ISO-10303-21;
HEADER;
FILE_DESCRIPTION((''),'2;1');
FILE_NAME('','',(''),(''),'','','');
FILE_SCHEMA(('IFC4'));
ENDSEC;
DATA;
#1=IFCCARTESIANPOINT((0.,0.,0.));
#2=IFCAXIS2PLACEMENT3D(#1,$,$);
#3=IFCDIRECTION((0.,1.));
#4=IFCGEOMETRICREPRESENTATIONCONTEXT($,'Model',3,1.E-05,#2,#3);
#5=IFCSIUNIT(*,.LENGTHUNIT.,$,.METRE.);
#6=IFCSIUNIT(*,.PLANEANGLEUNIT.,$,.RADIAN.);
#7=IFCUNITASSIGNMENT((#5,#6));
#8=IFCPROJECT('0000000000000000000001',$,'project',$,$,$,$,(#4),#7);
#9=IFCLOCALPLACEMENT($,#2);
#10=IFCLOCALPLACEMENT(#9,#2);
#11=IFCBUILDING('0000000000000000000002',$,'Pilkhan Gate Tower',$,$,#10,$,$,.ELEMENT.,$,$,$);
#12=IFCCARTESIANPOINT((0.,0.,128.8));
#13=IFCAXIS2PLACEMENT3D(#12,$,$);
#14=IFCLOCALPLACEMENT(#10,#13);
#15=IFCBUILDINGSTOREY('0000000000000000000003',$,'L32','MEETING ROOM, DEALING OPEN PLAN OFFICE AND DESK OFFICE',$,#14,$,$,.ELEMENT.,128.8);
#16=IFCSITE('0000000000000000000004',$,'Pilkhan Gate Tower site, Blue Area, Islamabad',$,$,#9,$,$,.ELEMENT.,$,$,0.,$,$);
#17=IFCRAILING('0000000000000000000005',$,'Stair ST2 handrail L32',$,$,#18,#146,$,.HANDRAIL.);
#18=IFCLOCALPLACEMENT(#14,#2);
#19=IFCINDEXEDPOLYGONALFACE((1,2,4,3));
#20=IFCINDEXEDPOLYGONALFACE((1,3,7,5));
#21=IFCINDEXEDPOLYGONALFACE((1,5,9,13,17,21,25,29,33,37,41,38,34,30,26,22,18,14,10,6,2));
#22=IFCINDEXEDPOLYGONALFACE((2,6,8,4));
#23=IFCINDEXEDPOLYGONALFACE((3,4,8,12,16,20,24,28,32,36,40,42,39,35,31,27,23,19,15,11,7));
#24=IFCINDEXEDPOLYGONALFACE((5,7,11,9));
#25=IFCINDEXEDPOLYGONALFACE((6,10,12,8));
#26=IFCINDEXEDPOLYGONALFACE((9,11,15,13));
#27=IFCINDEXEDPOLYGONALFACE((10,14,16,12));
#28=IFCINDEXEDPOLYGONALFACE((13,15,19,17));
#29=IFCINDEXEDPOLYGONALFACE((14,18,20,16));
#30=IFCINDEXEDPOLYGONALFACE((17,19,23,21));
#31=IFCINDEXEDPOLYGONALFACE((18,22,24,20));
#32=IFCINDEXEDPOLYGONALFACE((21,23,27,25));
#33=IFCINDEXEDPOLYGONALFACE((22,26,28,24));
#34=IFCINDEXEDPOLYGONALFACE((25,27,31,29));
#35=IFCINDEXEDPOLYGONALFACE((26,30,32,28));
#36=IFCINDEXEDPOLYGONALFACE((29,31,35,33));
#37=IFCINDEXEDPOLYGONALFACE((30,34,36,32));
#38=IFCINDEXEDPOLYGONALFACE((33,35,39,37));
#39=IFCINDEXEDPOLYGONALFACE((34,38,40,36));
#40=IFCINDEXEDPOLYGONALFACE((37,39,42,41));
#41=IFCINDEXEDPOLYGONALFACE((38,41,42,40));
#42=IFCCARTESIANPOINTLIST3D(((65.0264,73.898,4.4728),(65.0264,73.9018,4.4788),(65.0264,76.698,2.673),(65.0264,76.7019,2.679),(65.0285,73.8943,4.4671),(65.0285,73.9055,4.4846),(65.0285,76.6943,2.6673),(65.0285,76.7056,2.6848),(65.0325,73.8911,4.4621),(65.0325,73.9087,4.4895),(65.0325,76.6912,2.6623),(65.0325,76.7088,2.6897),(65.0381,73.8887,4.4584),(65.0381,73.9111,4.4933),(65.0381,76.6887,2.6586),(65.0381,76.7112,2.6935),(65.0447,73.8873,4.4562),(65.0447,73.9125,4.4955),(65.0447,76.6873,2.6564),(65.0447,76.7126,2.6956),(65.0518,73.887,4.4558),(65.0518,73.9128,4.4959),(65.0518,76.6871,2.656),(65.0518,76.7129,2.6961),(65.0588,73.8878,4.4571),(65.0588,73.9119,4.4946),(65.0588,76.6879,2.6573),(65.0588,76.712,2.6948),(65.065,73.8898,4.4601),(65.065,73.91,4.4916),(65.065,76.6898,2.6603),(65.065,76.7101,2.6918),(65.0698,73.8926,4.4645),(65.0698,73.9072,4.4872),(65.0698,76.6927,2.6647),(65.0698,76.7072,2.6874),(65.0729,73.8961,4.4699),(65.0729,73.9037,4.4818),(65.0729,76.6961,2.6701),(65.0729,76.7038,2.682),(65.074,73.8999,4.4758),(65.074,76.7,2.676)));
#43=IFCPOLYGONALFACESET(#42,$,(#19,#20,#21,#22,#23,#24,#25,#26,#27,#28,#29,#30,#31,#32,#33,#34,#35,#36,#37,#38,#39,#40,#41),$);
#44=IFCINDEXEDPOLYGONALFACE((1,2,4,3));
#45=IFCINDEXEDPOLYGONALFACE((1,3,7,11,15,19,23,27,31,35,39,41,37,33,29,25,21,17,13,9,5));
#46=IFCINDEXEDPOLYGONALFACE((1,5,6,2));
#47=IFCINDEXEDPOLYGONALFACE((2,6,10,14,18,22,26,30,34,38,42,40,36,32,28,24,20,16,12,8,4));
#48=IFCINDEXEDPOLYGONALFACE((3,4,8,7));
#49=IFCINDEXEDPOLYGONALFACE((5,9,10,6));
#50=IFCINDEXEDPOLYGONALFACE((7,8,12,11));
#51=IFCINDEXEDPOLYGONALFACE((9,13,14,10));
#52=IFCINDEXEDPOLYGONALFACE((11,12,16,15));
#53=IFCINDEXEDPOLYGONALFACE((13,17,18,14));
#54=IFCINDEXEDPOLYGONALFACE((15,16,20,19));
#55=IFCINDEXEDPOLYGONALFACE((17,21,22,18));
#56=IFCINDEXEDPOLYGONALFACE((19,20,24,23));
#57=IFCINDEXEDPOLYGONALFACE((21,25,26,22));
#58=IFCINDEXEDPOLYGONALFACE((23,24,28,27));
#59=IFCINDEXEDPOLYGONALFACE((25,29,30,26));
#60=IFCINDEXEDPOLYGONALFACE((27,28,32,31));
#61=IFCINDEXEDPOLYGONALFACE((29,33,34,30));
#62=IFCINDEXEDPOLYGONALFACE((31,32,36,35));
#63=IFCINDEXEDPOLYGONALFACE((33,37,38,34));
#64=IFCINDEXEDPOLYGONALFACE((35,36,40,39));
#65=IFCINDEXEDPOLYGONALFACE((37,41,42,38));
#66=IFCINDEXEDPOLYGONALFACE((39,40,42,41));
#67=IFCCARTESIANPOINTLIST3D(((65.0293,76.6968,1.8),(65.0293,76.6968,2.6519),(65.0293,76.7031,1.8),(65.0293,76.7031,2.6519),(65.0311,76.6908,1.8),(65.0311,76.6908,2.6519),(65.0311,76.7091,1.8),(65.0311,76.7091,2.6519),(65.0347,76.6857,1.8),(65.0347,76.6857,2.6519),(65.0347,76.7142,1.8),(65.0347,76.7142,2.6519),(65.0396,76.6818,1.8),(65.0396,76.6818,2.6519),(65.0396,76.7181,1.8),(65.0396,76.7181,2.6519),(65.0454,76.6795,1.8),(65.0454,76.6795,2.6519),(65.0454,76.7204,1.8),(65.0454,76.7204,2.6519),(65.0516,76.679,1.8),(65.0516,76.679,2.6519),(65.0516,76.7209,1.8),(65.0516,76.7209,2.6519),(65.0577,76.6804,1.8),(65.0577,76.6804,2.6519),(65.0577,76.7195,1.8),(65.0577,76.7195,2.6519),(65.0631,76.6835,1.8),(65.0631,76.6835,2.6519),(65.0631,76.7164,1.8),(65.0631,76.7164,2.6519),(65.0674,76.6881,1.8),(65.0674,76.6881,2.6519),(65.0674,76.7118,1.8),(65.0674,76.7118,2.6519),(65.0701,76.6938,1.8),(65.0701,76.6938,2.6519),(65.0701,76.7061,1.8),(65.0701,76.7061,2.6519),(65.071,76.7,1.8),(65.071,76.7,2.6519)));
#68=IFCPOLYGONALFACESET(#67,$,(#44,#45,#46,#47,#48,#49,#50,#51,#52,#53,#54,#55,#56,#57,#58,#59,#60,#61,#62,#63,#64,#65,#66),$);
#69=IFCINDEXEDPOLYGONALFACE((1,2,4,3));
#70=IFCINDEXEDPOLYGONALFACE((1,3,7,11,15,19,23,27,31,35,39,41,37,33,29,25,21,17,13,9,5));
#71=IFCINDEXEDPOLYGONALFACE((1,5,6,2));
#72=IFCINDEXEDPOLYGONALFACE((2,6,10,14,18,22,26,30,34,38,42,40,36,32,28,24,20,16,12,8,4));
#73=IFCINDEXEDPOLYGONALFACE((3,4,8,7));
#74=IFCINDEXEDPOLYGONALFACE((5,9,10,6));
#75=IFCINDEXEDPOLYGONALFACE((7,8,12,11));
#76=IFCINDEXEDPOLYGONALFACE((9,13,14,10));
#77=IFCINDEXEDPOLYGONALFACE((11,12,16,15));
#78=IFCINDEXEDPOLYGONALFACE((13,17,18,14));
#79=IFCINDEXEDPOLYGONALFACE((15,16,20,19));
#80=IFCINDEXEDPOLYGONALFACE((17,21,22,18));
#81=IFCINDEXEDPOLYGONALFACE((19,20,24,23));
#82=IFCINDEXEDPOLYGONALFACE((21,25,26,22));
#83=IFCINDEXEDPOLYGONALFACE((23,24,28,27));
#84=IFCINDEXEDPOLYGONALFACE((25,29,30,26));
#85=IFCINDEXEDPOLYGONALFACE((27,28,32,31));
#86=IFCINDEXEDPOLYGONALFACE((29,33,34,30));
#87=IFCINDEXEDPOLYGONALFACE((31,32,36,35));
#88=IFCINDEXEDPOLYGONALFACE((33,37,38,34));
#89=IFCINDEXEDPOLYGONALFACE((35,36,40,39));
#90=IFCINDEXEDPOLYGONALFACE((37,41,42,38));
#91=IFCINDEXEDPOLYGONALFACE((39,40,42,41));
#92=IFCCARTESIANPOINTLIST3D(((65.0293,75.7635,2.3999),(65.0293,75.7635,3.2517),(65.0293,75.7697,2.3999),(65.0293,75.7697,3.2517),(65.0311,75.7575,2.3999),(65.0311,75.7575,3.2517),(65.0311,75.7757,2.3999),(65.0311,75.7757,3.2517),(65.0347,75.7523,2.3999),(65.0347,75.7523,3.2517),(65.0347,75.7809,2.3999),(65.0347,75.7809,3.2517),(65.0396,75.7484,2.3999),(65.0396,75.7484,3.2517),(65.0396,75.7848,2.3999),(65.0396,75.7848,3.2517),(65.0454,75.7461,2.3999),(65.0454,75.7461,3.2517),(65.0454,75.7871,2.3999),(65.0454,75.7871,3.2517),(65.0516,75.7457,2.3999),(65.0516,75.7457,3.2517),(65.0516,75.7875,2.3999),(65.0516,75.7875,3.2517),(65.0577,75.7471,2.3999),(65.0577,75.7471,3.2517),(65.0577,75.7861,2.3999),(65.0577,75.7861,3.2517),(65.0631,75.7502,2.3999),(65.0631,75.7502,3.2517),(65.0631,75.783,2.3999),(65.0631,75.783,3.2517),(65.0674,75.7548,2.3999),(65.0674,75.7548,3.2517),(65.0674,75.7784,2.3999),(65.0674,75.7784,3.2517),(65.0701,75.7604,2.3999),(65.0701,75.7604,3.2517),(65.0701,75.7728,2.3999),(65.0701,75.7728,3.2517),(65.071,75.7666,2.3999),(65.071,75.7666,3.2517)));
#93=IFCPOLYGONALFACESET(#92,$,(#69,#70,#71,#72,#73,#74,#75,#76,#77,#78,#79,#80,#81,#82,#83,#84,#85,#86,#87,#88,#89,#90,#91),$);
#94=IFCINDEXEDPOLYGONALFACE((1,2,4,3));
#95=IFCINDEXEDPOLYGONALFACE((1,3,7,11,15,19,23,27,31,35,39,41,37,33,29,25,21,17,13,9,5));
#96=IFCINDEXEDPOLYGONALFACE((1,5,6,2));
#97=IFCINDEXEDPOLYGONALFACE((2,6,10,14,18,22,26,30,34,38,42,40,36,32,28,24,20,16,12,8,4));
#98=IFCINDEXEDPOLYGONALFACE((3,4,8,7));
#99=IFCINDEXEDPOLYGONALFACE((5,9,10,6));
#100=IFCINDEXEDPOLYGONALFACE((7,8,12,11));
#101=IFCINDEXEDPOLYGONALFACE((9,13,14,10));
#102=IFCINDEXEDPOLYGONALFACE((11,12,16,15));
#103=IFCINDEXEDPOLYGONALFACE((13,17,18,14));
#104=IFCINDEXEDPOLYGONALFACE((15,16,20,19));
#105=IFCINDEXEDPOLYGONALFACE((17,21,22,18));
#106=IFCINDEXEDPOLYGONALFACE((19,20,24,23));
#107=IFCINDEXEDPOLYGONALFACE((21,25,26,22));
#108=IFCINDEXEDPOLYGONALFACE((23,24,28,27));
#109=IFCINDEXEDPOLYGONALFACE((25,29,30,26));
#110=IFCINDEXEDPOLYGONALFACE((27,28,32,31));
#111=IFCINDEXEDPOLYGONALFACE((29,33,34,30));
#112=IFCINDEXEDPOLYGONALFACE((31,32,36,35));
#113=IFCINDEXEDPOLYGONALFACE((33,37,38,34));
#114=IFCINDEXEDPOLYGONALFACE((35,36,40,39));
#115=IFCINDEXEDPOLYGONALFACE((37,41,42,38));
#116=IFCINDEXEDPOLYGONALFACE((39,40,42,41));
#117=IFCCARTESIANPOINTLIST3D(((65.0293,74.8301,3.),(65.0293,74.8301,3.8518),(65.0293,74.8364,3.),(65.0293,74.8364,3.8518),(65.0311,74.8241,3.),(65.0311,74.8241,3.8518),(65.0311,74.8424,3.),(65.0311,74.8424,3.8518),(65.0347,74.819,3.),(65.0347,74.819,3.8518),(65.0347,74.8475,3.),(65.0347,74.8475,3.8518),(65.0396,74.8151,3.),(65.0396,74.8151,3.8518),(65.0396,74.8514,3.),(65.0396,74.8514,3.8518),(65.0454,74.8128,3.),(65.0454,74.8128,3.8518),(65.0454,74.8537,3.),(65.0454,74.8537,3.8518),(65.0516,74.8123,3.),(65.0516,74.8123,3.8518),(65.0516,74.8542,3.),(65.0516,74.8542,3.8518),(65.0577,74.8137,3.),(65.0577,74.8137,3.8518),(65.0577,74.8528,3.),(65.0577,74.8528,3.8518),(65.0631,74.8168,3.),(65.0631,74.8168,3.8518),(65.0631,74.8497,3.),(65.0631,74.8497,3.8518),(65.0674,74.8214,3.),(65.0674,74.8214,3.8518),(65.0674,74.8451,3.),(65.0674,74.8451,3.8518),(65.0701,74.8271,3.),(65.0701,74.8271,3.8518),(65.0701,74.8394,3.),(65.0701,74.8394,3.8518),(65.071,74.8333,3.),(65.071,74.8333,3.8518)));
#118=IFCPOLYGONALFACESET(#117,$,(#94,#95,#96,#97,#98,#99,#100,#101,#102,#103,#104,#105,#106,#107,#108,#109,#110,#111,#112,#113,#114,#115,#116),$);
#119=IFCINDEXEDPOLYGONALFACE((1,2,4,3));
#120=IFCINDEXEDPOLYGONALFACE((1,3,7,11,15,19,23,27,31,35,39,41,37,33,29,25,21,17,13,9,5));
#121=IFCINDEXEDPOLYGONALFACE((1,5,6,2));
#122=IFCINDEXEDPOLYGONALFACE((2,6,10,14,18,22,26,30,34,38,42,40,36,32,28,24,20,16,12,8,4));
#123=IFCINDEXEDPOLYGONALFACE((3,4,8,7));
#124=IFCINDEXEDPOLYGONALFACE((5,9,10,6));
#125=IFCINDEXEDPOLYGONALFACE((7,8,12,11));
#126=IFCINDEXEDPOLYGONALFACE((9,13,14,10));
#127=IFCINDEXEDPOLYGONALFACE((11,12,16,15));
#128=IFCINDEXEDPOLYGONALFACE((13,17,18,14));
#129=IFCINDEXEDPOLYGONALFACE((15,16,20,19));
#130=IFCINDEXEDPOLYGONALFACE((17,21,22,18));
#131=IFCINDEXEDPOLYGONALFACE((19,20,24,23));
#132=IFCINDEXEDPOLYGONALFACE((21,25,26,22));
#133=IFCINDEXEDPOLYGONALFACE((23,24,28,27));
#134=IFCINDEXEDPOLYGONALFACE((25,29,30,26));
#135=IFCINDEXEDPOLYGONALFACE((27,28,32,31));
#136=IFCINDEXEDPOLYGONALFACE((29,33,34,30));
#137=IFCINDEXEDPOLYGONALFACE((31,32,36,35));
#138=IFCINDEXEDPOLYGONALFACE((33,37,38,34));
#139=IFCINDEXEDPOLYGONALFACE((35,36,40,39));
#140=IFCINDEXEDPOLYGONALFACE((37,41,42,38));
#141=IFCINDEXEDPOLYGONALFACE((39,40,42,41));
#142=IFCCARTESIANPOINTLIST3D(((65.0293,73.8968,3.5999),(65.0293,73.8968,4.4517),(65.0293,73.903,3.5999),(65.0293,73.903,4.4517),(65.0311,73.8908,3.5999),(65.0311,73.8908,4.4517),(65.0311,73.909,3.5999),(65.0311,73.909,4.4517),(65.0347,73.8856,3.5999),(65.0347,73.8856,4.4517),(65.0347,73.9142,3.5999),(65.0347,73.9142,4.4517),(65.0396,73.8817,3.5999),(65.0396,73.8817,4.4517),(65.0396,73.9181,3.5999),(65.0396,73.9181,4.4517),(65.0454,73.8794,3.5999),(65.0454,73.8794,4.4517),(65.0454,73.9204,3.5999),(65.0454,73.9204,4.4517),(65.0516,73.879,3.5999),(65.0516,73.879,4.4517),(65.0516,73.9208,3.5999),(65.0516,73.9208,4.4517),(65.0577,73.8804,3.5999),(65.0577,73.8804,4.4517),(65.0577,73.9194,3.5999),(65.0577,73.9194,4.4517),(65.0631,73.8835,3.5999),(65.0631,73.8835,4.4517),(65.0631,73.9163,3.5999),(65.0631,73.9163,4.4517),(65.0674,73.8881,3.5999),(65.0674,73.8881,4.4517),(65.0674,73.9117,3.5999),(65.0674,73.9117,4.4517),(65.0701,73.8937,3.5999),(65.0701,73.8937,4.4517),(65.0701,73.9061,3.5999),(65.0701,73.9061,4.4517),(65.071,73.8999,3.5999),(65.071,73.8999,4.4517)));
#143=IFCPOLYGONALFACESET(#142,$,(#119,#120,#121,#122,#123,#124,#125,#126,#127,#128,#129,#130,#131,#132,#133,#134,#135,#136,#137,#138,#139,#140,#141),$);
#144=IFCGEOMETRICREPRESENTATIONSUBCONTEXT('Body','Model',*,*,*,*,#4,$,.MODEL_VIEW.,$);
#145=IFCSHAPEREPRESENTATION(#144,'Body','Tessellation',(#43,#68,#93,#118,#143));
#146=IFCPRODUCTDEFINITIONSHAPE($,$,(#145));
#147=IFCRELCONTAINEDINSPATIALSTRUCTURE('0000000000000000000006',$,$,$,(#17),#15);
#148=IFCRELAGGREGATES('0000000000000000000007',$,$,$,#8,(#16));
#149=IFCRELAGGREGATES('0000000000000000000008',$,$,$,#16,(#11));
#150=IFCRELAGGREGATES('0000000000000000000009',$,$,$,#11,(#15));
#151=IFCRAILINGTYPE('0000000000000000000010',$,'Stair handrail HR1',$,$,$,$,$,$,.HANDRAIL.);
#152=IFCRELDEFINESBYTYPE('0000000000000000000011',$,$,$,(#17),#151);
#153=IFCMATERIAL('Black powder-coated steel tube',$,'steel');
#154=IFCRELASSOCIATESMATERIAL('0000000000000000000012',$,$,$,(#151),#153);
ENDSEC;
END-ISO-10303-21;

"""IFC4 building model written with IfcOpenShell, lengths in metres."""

from ifc_helpers import new_model, si_unit, direction, frame, origin, origin_2d, place, context, subcontext, project, spatial, circle, extrude, material, type_object, element, save


model = new_model("IFC4")

# Units and contexts
model_context = context("Model", 3, precision=1e-05, world=origin(), true_north=direction((0.0, 1.0)))
body_context = subcontext(model_context, "Body", "Model", "MODEL_VIEW")
ifc_project = project(units=[si_unit("LENGTHUNIT", "METRE"), si_unit("PLANEANGLEUNIT", "RADIAN")], contexts=[model_context])

# Site, building, storey
site_placement = place(None, origin())
site = spatial("IfcSite", under=ifc_project, at=site_placement, Name="Pilkhan Gate Tower site, Blue Area, Islamabad", CompositionType="ELEMENT", RefElevation=0.0)
building_placement = place(site_placement, origin())
building = spatial("IfcBuilding", under=site, at=building_placement, Name="Pilkhan Gate Tower", CompositionType="ELEMENT")
storey_placement = place(building_placement, frame((0.0, 0.0, 128.8)))
storey = spatial("IfcBuildingStorey", under=building, at=storey_placement, Name="L32", Description="MEETING ROOM, DEALING OPEN PLAN OFFICE AND DESK OFFICE", CompositionType="ELEMENT", Elevation=128.8)

# Railing
ifc_material_1 = material(Name="Black powder-coated steel tube", Category="steel")
railing_type_1 = type_object("IfcRailingType", Name="Stair handrail HR1", PredefinedType="HANDRAIL", material=ifc_material_1)
railing_1_placement = place(storey_placement, frame((65.05, 76.7, 1.8)))
element("IfcRailing", 1, at=railing_1_placement, inside=storey, type_object=railing_type_1, Name="Stair ST2 handrail L32", PredefinedType="HANDRAIL", context=body_context, shape_type="SweptSolid", body=[
    extrude(circle(Radius=0.0239, at=origin_2d()), frame((0.0, 0.0, 0.876), z_axis=(0.0, -0.841209, 0.540709), x_axis=(1.0, 0.0, 0.0)), (0.0, 0.0, 1.0), 3.3286),
    extrude(circle(Radius=0.021, at=origin_2d()), origin(), (0.0, 0.0, 1.0), 0.8518),
    extrude(circle(Radius=0.021, at=origin_2d()), frame((0.0, -0.9333, 0.5999)), (0.0, 0.0, 1.0), 0.8518),
    extrude(circle(Radius=0.021, at=origin_2d()), frame((0.0, -1.8667, 1.2)), (0.0, 0.0, 1.0), 0.8518),
    extrude(circle(Radius=0.021, at=origin_2d()), frame((0.0, -2.8, 1.7998)), (0.0, 0.0, 1.0), 0.8518),
])

save(model, "model.ifc")
